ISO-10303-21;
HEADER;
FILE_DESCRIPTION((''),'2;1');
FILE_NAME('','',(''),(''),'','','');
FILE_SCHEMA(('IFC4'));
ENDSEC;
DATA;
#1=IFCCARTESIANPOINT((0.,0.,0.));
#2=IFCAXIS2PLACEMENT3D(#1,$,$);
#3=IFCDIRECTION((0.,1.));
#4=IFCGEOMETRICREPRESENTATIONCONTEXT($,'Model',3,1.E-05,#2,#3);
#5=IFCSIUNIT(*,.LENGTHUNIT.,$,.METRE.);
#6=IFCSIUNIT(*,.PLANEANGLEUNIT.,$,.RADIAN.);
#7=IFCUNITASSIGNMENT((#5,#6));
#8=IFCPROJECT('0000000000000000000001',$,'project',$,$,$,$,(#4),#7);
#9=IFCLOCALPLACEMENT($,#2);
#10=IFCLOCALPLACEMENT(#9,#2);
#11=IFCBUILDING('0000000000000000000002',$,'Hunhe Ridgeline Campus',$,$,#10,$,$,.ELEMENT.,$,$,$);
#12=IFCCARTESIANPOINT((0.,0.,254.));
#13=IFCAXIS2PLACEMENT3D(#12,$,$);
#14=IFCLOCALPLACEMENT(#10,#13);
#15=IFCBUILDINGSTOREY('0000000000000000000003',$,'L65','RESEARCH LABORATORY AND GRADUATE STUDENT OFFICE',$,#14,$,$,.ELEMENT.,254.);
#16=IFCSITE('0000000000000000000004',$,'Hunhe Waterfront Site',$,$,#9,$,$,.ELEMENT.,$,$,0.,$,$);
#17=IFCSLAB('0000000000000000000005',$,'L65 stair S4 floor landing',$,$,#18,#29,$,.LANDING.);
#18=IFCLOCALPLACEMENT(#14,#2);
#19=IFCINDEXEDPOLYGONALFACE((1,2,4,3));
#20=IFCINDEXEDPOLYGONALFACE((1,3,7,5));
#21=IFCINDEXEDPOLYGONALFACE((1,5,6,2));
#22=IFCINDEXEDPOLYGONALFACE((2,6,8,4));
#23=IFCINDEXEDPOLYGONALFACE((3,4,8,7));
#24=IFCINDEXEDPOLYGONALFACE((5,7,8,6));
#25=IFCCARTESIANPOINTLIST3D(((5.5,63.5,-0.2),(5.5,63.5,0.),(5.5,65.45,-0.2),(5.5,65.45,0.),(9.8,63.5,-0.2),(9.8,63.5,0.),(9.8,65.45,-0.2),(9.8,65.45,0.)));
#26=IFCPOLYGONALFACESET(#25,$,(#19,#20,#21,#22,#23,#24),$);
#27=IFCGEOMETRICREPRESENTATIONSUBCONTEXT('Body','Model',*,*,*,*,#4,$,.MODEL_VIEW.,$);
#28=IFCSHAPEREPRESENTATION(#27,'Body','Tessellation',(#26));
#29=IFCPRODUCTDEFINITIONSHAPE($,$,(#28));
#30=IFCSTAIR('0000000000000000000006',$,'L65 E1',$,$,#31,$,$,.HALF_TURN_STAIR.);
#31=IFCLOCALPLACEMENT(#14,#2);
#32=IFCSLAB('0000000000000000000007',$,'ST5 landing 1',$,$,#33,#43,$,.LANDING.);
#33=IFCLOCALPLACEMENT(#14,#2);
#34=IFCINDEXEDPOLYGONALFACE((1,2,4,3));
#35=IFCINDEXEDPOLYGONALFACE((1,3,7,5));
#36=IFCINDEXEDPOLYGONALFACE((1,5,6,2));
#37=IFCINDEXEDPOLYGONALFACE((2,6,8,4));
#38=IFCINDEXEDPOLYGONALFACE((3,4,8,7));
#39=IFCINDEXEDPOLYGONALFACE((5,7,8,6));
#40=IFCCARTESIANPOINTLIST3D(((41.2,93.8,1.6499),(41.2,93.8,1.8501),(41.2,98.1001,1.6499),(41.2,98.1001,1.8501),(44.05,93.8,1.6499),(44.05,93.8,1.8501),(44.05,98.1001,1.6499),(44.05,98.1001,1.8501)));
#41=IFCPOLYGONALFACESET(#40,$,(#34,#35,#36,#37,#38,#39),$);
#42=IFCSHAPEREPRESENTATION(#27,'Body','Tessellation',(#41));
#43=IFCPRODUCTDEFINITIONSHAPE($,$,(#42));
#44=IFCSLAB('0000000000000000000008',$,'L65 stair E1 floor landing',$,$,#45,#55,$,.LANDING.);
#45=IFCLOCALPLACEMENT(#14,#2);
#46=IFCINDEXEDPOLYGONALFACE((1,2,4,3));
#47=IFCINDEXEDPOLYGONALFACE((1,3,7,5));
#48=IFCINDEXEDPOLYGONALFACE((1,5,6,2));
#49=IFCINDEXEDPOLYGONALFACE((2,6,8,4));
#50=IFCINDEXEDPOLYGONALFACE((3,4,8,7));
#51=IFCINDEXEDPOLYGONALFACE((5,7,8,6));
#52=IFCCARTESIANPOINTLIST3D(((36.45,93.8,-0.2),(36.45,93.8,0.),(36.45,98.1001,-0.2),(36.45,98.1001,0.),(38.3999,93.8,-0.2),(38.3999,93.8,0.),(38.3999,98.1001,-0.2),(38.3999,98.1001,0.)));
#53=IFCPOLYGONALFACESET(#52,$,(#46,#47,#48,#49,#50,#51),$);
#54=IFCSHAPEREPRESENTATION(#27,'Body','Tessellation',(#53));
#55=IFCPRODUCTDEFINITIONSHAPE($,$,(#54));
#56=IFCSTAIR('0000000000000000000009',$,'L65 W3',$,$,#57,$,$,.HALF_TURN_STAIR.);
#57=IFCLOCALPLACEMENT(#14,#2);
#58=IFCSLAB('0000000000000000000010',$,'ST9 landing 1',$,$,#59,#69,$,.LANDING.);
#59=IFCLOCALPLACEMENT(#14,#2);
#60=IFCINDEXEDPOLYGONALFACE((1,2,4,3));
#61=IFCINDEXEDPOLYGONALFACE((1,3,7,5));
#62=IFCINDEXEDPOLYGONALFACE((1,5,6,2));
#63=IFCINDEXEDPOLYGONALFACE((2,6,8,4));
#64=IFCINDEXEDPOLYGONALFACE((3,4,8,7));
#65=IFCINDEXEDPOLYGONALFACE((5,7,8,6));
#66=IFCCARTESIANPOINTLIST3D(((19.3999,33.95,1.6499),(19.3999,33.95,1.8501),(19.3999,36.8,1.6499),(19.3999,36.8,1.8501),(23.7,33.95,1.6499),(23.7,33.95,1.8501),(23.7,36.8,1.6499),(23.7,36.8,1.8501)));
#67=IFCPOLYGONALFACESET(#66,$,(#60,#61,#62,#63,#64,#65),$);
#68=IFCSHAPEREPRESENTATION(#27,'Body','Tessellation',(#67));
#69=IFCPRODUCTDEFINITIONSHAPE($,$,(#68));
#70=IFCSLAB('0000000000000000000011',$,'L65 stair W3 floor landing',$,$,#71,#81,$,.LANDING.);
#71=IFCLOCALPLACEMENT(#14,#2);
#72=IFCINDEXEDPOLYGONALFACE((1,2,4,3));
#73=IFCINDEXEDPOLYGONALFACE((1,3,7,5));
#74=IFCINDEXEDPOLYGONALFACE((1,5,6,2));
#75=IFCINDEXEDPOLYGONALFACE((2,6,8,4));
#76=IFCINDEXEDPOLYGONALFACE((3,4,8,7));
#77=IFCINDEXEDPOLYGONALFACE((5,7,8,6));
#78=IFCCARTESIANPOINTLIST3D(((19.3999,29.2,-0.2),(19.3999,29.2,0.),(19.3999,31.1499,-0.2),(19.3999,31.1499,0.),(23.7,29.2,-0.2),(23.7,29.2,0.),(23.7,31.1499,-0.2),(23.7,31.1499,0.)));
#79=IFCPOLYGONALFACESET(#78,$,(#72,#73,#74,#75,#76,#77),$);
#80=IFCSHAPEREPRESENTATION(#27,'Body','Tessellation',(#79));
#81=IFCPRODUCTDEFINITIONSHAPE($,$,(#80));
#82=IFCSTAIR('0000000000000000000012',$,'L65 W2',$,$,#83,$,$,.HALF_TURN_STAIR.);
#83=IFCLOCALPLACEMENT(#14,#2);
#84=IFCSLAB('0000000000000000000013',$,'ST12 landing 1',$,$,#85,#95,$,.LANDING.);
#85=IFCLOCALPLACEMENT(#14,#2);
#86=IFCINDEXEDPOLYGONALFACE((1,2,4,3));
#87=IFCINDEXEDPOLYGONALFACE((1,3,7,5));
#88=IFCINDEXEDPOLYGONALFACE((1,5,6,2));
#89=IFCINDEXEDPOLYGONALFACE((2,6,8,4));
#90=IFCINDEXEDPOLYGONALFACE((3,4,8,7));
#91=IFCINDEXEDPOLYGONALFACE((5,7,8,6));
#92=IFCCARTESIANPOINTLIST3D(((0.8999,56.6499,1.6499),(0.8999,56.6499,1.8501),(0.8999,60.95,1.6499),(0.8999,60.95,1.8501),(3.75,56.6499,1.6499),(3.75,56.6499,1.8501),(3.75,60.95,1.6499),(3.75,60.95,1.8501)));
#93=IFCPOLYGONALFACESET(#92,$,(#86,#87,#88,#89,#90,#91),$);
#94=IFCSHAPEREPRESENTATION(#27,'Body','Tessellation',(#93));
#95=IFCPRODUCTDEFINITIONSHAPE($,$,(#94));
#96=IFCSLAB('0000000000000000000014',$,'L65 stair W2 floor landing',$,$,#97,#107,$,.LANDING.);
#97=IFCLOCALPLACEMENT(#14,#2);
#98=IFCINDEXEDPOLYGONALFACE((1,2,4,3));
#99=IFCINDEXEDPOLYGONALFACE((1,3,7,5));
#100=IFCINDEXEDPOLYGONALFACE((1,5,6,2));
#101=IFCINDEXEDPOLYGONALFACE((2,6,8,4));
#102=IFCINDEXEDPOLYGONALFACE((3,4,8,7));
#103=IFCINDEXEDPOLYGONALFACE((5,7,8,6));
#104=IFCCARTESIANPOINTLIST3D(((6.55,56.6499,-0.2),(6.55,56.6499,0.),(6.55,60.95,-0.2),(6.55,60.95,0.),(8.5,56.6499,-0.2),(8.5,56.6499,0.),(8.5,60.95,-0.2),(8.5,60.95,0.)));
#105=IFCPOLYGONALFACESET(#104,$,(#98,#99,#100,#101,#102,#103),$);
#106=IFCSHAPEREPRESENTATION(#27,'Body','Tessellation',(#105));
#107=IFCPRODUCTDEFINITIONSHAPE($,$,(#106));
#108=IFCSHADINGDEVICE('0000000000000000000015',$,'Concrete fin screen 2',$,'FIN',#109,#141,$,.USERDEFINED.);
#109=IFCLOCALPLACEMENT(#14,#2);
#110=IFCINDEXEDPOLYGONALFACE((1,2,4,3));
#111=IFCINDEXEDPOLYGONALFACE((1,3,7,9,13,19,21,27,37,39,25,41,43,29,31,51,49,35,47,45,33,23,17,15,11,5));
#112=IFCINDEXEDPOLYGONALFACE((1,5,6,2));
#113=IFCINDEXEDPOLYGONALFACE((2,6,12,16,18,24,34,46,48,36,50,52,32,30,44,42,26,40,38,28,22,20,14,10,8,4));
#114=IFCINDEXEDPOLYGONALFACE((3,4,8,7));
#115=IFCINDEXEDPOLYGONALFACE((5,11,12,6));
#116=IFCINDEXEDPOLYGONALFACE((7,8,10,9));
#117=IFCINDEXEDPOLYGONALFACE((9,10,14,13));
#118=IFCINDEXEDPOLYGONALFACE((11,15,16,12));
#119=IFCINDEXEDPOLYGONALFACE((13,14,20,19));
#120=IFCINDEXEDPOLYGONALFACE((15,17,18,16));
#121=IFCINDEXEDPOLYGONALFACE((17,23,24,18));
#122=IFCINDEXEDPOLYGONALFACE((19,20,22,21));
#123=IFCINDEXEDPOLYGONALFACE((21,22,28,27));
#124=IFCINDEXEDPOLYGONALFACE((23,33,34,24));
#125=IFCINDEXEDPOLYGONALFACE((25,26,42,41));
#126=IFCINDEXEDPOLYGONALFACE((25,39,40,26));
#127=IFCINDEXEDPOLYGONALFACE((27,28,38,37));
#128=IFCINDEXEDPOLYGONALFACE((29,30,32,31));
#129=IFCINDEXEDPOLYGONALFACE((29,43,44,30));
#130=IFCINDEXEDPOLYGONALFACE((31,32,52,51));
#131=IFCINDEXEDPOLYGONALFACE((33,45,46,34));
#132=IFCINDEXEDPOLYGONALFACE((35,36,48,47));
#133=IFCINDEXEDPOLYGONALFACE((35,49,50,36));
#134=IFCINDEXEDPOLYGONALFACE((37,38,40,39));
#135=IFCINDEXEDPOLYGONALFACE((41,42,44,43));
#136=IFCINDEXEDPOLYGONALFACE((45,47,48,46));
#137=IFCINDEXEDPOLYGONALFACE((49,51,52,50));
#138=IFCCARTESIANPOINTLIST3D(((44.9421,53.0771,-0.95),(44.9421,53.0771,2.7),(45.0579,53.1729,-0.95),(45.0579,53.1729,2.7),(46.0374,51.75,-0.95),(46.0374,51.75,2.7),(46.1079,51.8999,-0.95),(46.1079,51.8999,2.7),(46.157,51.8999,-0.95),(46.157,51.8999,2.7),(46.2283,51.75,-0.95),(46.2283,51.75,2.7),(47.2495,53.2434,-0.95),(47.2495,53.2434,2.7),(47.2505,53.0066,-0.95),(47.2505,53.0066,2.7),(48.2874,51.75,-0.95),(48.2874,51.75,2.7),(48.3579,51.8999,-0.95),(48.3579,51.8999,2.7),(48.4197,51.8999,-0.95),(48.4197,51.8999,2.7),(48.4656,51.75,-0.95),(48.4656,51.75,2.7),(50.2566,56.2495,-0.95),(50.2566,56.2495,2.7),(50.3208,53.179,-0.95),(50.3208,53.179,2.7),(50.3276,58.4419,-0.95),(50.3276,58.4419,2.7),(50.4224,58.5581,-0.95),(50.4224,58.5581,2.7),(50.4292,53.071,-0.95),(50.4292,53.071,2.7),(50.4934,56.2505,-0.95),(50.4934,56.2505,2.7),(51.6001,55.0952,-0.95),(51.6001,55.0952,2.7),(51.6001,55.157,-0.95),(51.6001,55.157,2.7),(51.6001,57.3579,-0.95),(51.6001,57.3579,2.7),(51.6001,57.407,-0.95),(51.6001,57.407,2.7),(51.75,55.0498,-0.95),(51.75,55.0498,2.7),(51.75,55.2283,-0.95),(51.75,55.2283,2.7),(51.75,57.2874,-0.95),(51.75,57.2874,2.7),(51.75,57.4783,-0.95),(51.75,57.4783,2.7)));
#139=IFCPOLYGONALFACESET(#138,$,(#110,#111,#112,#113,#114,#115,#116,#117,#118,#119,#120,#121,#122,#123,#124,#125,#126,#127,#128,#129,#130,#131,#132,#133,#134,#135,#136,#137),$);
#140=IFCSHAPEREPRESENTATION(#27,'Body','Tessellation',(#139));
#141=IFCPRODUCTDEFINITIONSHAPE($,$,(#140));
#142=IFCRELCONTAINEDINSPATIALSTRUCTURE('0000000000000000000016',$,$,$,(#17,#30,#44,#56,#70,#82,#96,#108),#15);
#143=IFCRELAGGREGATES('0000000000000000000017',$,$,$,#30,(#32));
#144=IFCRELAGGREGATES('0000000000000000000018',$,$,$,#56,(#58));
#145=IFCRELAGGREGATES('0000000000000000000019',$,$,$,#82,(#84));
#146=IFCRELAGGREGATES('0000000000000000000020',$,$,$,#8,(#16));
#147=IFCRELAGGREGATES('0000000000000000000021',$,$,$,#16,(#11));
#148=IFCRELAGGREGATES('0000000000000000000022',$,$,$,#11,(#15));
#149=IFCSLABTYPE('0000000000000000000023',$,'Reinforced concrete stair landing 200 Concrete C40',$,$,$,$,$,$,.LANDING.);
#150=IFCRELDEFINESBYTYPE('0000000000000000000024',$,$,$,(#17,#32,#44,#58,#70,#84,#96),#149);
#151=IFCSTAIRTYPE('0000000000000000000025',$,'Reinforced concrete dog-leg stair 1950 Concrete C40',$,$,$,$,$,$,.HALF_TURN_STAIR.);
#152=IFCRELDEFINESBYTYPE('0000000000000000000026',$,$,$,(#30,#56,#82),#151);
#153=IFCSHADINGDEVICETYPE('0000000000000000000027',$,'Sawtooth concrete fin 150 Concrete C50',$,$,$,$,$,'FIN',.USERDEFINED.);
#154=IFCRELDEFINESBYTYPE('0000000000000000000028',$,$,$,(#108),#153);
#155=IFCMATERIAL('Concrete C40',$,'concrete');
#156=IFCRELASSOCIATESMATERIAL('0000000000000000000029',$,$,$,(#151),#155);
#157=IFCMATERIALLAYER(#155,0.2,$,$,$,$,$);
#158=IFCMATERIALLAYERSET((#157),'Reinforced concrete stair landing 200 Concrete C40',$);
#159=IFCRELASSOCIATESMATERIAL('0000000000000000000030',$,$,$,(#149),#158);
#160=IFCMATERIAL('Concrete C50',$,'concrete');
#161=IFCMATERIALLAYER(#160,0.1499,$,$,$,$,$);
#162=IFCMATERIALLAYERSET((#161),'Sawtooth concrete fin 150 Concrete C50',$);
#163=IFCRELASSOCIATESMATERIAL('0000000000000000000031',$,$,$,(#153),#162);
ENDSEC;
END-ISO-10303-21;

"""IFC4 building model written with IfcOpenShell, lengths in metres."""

from ifc_helpers import new_model, si_unit, direction, frame, origin, place, context, subcontext, project, spatial, polyline, outline, extrude, material, layer, layer_set, type_object, element, aggregate, save


model = new_model("IFC4")

# Units and contexts
model_context = context("Model", 3, precision=1e-05, world=origin(), true_north=direction((0.0, 1.0)))
body_context = subcontext(model_context, "Body", "Model", "MODEL_VIEW")
ifc_project = project(units=[si_unit("LENGTHUNIT", "METRE"), si_unit("PLANEANGLEUNIT", "RADIAN")], contexts=[model_context])

# Site, building, storey
site_placement = place(None, origin())
site = spatial("IfcSite", under=ifc_project, at=site_placement, Name="Hunhe Waterfront Site", CompositionType="ELEMENT", RefElevation=0.0)
building_placement = place(site_placement, origin())
building = spatial("IfcBuilding", under=site, at=building_placement, Name="Hunhe Ridgeline Campus", CompositionType="ELEMENT")
storey_placement = place(building_placement, frame((0.0, 0.0, 254.0)))
storey = spatial("IfcBuildingStorey", under=building, at=storey_placement, Name="L65", Description="RESEARCH LABORATORY AND GRADUATE STUDENT OFFICE", CompositionType="ELEMENT", Elevation=254.0)

# Shared definitions
ifc_material_1 = material(Name="Concrete C50", Category="concrete")

# Shared definitions
ifc_material_2 = material(Name="Concrete C40", Category="concrete")

# Shared definitions
stair_type = type_object("IfcStairType", Name="Reinforced concrete dog-leg stair 1950 Concrete C40", PredefinedType="HALF_TURN_STAIR", material=ifc_material_2)
ifc_layer_1 = layer(ifc_material_2, 0.2)
ifc_layer_set_1 = layer_set([ifc_layer_1], Name="Reinforced concrete stair landing 200 Concrete C40")
slab_type_1 = type_object("IfcSlabType", Name="Reinforced concrete stair landing 200 Concrete C40", PredefinedType="LANDING", material=ifc_layer_set_1)

# Slab
slab_1_placement = place(storey_placement, frame((0.0, 0.0, -0.2)))
element("IfcSlab", 1, at=slab_1_placement, inside=storey, type_object=slab_type_1, Name="L65 stair S4 floor landing", PredefinedType="LANDING", context=body_context, shape_type="SweptSolid", body=[
    extrude(outline(polyline([(9.8, 63.5), (9.8, 65.45), (5.5, 65.45), (5.5, 63.5), (9.8, 63.5)])), origin(), (0.0, 0.0, 1.0), 0.2),
])

# Stair, slab
stair_1_placement = place(storey_placement, origin())
stair_1 = element("IfcStair", 2, at=stair_1_placement, inside=storey, type_object=stair_type, Name="L65 E1", PredefinedType="HALF_TURN_STAIR")
slab_2_placement = place(storey_placement, frame((0.0, 0.0, 1.6499)))
slab_2 = element("IfcSlab", 3, at=slab_2_placement, type_object=slab_type_1, Name="ST5 landing 1", PredefinedType="LANDING", context=body_context, shape_type="SweptSolid", body=[
    extrude(outline(polyline([(41.2, 93.8), (44.05, 93.8), (44.05, 98.1001), (41.2, 98.1001), (41.2, 93.8)])), origin(), (0.0, 0.0, 1.0), 0.2002),
])
aggregate(stair_1, [slab_2])

# Slab
slab_3_placement = place(storey_placement, frame((0.0, 0.0, -0.2)))
element("IfcSlab", 4, at=slab_3_placement, inside=storey, type_object=slab_type_1, Name="L65 stair E1 floor landing", PredefinedType="LANDING", context=body_context, shape_type="SweptSolid", body=[
    extrude(outline(polyline([(36.45, 93.8), (38.3999, 93.8), (38.3999, 98.1001), (36.45, 98.1001), (36.45, 93.8)])), origin(), (0.0, 0.0, 1.0), 0.2),
])

# Stair, slab
stair_2_placement = place(storey_placement, origin())
stair_2 = element("IfcStair", 5, at=stair_2_placement, inside=storey, type_object=stair_type, Name="L65 W3", PredefinedType="HALF_TURN_STAIR")
slab_4_placement = place(storey_placement, frame((0.0, 0.0, 1.6499)))
slab_4 = element("IfcSlab", 6, at=slab_4_placement, type_object=slab_type_1, Name="ST9 landing 1", PredefinedType="LANDING", context=body_context, shape_type="SweptSolid", body=[
    extrude(outline(polyline([(23.7, 33.95), (23.7, 36.8), (19.3999, 36.8), (19.3999, 33.95), (23.7, 33.95)])), origin(), (0.0, 0.0, 1.0), 0.2002),
])
aggregate(stair_2, [slab_4])

# Slab
slab_5_placement = place(storey_placement, frame((0.0, 0.0, -0.2)))
element("IfcSlab", 7, at=slab_5_placement, inside=storey, type_object=slab_type_1, Name="L65 stair W3 floor landing", PredefinedType="LANDING", context=body_context, shape_type="SweptSolid", body=[
    extrude(outline(polyline([(23.7, 29.2), (23.7, 31.1499), (19.3999, 31.1499), (19.3999, 29.2), (23.7, 29.2)])), origin(), (0.0, 0.0, 1.0), 0.2),
])

# Stair, slab
stair_3_placement = place(storey_placement, origin())
stair_3 = element("IfcStair", 8, at=stair_3_placement, inside=storey, type_object=stair_type, Name="L65 W2", PredefinedType="HALF_TURN_STAIR")
slab_6_placement = place(storey_placement, frame((0.0, 0.0, 1.6499)))
slab_6 = element("IfcSlab", 9, at=slab_6_placement, type_object=slab_type_1, Name="ST12 landing 1", PredefinedType="LANDING", context=body_context, shape_type="SweptSolid", body=[
    extrude(outline(polyline([(3.75, 60.95), (0.8999, 60.95), (0.8999, 56.6499), (3.75, 56.6499), (3.75, 60.95)])), origin(), (0.0, 0.0, 1.0), 0.2002),
])
aggregate(stair_3, [slab_6])

# Slab
slab_7_placement = place(storey_placement, frame((0.0, 0.0, -0.2)))
element("IfcSlab", 10, at=slab_7_placement, inside=storey, type_object=slab_type_1, Name="L65 stair W2 floor landing", PredefinedType="LANDING", context=body_context, shape_type="SweptSolid", body=[
    extrude(outline(polyline([(8.5, 60.95), (6.55, 60.95), (6.55, 56.6499), (8.5, 56.6499), (8.5, 60.95)])), origin(), (0.0, 0.0, 1.0), 0.2),
])

# Shading device
ifc_layer_2 = layer(ifc_material_1, 0.1499)
ifc_layer_set_2 = layer_set([ifc_layer_2], Name="Sawtooth concrete fin 150 Concrete C50")
shading_device_type = type_object("IfcShadingDeviceType", Name="Sawtooth concrete fin 150 Concrete C50", ElementType="FIN", PredefinedType="USERDEFINED", material=ifc_layer_set_2)
shading_device_1_placement = place(storey_placement, frame((0.0, 0.0, -0.95)))
element("IfcShadingDevice", 11, at=shading_device_1_placement, inside=storey, type_object=shading_device_type, Name="Concrete fin screen 2", ObjectType="FIN", PredefinedType="USERDEFINED", context=body_context, shape_type="SweptSolid", body=[
    extrude(outline(polyline([(45.0579, 53.1729), (44.9421, 53.0771), (46.0374, 51.75), (46.2283, 51.75), (47.2505, 53.0066), (48.2874, 51.75), (48.4656, 51.75), (50.4292, 53.071), (51.75, 55.0498), (51.75, 55.2283), (50.4934, 56.2505), (51.75, 57.2874), (51.75, 57.4783), (50.4224, 58.5581), (50.3276, 58.4419), (51.6001, 57.407), (51.6001, 57.3579), (50.2566, 56.2495), (51.6001, 55.157), (51.6001, 55.0952), (50.3208, 53.179), (48.4197, 51.8999), (48.3579, 51.8999), (47.2495, 53.2434), (46.157, 51.8999), (46.1079, 51.8999), (45.0579, 53.1729)])), origin(), (0.0, 0.0, 1.0), 3.6499),
])

save(model, "model.ifc")
